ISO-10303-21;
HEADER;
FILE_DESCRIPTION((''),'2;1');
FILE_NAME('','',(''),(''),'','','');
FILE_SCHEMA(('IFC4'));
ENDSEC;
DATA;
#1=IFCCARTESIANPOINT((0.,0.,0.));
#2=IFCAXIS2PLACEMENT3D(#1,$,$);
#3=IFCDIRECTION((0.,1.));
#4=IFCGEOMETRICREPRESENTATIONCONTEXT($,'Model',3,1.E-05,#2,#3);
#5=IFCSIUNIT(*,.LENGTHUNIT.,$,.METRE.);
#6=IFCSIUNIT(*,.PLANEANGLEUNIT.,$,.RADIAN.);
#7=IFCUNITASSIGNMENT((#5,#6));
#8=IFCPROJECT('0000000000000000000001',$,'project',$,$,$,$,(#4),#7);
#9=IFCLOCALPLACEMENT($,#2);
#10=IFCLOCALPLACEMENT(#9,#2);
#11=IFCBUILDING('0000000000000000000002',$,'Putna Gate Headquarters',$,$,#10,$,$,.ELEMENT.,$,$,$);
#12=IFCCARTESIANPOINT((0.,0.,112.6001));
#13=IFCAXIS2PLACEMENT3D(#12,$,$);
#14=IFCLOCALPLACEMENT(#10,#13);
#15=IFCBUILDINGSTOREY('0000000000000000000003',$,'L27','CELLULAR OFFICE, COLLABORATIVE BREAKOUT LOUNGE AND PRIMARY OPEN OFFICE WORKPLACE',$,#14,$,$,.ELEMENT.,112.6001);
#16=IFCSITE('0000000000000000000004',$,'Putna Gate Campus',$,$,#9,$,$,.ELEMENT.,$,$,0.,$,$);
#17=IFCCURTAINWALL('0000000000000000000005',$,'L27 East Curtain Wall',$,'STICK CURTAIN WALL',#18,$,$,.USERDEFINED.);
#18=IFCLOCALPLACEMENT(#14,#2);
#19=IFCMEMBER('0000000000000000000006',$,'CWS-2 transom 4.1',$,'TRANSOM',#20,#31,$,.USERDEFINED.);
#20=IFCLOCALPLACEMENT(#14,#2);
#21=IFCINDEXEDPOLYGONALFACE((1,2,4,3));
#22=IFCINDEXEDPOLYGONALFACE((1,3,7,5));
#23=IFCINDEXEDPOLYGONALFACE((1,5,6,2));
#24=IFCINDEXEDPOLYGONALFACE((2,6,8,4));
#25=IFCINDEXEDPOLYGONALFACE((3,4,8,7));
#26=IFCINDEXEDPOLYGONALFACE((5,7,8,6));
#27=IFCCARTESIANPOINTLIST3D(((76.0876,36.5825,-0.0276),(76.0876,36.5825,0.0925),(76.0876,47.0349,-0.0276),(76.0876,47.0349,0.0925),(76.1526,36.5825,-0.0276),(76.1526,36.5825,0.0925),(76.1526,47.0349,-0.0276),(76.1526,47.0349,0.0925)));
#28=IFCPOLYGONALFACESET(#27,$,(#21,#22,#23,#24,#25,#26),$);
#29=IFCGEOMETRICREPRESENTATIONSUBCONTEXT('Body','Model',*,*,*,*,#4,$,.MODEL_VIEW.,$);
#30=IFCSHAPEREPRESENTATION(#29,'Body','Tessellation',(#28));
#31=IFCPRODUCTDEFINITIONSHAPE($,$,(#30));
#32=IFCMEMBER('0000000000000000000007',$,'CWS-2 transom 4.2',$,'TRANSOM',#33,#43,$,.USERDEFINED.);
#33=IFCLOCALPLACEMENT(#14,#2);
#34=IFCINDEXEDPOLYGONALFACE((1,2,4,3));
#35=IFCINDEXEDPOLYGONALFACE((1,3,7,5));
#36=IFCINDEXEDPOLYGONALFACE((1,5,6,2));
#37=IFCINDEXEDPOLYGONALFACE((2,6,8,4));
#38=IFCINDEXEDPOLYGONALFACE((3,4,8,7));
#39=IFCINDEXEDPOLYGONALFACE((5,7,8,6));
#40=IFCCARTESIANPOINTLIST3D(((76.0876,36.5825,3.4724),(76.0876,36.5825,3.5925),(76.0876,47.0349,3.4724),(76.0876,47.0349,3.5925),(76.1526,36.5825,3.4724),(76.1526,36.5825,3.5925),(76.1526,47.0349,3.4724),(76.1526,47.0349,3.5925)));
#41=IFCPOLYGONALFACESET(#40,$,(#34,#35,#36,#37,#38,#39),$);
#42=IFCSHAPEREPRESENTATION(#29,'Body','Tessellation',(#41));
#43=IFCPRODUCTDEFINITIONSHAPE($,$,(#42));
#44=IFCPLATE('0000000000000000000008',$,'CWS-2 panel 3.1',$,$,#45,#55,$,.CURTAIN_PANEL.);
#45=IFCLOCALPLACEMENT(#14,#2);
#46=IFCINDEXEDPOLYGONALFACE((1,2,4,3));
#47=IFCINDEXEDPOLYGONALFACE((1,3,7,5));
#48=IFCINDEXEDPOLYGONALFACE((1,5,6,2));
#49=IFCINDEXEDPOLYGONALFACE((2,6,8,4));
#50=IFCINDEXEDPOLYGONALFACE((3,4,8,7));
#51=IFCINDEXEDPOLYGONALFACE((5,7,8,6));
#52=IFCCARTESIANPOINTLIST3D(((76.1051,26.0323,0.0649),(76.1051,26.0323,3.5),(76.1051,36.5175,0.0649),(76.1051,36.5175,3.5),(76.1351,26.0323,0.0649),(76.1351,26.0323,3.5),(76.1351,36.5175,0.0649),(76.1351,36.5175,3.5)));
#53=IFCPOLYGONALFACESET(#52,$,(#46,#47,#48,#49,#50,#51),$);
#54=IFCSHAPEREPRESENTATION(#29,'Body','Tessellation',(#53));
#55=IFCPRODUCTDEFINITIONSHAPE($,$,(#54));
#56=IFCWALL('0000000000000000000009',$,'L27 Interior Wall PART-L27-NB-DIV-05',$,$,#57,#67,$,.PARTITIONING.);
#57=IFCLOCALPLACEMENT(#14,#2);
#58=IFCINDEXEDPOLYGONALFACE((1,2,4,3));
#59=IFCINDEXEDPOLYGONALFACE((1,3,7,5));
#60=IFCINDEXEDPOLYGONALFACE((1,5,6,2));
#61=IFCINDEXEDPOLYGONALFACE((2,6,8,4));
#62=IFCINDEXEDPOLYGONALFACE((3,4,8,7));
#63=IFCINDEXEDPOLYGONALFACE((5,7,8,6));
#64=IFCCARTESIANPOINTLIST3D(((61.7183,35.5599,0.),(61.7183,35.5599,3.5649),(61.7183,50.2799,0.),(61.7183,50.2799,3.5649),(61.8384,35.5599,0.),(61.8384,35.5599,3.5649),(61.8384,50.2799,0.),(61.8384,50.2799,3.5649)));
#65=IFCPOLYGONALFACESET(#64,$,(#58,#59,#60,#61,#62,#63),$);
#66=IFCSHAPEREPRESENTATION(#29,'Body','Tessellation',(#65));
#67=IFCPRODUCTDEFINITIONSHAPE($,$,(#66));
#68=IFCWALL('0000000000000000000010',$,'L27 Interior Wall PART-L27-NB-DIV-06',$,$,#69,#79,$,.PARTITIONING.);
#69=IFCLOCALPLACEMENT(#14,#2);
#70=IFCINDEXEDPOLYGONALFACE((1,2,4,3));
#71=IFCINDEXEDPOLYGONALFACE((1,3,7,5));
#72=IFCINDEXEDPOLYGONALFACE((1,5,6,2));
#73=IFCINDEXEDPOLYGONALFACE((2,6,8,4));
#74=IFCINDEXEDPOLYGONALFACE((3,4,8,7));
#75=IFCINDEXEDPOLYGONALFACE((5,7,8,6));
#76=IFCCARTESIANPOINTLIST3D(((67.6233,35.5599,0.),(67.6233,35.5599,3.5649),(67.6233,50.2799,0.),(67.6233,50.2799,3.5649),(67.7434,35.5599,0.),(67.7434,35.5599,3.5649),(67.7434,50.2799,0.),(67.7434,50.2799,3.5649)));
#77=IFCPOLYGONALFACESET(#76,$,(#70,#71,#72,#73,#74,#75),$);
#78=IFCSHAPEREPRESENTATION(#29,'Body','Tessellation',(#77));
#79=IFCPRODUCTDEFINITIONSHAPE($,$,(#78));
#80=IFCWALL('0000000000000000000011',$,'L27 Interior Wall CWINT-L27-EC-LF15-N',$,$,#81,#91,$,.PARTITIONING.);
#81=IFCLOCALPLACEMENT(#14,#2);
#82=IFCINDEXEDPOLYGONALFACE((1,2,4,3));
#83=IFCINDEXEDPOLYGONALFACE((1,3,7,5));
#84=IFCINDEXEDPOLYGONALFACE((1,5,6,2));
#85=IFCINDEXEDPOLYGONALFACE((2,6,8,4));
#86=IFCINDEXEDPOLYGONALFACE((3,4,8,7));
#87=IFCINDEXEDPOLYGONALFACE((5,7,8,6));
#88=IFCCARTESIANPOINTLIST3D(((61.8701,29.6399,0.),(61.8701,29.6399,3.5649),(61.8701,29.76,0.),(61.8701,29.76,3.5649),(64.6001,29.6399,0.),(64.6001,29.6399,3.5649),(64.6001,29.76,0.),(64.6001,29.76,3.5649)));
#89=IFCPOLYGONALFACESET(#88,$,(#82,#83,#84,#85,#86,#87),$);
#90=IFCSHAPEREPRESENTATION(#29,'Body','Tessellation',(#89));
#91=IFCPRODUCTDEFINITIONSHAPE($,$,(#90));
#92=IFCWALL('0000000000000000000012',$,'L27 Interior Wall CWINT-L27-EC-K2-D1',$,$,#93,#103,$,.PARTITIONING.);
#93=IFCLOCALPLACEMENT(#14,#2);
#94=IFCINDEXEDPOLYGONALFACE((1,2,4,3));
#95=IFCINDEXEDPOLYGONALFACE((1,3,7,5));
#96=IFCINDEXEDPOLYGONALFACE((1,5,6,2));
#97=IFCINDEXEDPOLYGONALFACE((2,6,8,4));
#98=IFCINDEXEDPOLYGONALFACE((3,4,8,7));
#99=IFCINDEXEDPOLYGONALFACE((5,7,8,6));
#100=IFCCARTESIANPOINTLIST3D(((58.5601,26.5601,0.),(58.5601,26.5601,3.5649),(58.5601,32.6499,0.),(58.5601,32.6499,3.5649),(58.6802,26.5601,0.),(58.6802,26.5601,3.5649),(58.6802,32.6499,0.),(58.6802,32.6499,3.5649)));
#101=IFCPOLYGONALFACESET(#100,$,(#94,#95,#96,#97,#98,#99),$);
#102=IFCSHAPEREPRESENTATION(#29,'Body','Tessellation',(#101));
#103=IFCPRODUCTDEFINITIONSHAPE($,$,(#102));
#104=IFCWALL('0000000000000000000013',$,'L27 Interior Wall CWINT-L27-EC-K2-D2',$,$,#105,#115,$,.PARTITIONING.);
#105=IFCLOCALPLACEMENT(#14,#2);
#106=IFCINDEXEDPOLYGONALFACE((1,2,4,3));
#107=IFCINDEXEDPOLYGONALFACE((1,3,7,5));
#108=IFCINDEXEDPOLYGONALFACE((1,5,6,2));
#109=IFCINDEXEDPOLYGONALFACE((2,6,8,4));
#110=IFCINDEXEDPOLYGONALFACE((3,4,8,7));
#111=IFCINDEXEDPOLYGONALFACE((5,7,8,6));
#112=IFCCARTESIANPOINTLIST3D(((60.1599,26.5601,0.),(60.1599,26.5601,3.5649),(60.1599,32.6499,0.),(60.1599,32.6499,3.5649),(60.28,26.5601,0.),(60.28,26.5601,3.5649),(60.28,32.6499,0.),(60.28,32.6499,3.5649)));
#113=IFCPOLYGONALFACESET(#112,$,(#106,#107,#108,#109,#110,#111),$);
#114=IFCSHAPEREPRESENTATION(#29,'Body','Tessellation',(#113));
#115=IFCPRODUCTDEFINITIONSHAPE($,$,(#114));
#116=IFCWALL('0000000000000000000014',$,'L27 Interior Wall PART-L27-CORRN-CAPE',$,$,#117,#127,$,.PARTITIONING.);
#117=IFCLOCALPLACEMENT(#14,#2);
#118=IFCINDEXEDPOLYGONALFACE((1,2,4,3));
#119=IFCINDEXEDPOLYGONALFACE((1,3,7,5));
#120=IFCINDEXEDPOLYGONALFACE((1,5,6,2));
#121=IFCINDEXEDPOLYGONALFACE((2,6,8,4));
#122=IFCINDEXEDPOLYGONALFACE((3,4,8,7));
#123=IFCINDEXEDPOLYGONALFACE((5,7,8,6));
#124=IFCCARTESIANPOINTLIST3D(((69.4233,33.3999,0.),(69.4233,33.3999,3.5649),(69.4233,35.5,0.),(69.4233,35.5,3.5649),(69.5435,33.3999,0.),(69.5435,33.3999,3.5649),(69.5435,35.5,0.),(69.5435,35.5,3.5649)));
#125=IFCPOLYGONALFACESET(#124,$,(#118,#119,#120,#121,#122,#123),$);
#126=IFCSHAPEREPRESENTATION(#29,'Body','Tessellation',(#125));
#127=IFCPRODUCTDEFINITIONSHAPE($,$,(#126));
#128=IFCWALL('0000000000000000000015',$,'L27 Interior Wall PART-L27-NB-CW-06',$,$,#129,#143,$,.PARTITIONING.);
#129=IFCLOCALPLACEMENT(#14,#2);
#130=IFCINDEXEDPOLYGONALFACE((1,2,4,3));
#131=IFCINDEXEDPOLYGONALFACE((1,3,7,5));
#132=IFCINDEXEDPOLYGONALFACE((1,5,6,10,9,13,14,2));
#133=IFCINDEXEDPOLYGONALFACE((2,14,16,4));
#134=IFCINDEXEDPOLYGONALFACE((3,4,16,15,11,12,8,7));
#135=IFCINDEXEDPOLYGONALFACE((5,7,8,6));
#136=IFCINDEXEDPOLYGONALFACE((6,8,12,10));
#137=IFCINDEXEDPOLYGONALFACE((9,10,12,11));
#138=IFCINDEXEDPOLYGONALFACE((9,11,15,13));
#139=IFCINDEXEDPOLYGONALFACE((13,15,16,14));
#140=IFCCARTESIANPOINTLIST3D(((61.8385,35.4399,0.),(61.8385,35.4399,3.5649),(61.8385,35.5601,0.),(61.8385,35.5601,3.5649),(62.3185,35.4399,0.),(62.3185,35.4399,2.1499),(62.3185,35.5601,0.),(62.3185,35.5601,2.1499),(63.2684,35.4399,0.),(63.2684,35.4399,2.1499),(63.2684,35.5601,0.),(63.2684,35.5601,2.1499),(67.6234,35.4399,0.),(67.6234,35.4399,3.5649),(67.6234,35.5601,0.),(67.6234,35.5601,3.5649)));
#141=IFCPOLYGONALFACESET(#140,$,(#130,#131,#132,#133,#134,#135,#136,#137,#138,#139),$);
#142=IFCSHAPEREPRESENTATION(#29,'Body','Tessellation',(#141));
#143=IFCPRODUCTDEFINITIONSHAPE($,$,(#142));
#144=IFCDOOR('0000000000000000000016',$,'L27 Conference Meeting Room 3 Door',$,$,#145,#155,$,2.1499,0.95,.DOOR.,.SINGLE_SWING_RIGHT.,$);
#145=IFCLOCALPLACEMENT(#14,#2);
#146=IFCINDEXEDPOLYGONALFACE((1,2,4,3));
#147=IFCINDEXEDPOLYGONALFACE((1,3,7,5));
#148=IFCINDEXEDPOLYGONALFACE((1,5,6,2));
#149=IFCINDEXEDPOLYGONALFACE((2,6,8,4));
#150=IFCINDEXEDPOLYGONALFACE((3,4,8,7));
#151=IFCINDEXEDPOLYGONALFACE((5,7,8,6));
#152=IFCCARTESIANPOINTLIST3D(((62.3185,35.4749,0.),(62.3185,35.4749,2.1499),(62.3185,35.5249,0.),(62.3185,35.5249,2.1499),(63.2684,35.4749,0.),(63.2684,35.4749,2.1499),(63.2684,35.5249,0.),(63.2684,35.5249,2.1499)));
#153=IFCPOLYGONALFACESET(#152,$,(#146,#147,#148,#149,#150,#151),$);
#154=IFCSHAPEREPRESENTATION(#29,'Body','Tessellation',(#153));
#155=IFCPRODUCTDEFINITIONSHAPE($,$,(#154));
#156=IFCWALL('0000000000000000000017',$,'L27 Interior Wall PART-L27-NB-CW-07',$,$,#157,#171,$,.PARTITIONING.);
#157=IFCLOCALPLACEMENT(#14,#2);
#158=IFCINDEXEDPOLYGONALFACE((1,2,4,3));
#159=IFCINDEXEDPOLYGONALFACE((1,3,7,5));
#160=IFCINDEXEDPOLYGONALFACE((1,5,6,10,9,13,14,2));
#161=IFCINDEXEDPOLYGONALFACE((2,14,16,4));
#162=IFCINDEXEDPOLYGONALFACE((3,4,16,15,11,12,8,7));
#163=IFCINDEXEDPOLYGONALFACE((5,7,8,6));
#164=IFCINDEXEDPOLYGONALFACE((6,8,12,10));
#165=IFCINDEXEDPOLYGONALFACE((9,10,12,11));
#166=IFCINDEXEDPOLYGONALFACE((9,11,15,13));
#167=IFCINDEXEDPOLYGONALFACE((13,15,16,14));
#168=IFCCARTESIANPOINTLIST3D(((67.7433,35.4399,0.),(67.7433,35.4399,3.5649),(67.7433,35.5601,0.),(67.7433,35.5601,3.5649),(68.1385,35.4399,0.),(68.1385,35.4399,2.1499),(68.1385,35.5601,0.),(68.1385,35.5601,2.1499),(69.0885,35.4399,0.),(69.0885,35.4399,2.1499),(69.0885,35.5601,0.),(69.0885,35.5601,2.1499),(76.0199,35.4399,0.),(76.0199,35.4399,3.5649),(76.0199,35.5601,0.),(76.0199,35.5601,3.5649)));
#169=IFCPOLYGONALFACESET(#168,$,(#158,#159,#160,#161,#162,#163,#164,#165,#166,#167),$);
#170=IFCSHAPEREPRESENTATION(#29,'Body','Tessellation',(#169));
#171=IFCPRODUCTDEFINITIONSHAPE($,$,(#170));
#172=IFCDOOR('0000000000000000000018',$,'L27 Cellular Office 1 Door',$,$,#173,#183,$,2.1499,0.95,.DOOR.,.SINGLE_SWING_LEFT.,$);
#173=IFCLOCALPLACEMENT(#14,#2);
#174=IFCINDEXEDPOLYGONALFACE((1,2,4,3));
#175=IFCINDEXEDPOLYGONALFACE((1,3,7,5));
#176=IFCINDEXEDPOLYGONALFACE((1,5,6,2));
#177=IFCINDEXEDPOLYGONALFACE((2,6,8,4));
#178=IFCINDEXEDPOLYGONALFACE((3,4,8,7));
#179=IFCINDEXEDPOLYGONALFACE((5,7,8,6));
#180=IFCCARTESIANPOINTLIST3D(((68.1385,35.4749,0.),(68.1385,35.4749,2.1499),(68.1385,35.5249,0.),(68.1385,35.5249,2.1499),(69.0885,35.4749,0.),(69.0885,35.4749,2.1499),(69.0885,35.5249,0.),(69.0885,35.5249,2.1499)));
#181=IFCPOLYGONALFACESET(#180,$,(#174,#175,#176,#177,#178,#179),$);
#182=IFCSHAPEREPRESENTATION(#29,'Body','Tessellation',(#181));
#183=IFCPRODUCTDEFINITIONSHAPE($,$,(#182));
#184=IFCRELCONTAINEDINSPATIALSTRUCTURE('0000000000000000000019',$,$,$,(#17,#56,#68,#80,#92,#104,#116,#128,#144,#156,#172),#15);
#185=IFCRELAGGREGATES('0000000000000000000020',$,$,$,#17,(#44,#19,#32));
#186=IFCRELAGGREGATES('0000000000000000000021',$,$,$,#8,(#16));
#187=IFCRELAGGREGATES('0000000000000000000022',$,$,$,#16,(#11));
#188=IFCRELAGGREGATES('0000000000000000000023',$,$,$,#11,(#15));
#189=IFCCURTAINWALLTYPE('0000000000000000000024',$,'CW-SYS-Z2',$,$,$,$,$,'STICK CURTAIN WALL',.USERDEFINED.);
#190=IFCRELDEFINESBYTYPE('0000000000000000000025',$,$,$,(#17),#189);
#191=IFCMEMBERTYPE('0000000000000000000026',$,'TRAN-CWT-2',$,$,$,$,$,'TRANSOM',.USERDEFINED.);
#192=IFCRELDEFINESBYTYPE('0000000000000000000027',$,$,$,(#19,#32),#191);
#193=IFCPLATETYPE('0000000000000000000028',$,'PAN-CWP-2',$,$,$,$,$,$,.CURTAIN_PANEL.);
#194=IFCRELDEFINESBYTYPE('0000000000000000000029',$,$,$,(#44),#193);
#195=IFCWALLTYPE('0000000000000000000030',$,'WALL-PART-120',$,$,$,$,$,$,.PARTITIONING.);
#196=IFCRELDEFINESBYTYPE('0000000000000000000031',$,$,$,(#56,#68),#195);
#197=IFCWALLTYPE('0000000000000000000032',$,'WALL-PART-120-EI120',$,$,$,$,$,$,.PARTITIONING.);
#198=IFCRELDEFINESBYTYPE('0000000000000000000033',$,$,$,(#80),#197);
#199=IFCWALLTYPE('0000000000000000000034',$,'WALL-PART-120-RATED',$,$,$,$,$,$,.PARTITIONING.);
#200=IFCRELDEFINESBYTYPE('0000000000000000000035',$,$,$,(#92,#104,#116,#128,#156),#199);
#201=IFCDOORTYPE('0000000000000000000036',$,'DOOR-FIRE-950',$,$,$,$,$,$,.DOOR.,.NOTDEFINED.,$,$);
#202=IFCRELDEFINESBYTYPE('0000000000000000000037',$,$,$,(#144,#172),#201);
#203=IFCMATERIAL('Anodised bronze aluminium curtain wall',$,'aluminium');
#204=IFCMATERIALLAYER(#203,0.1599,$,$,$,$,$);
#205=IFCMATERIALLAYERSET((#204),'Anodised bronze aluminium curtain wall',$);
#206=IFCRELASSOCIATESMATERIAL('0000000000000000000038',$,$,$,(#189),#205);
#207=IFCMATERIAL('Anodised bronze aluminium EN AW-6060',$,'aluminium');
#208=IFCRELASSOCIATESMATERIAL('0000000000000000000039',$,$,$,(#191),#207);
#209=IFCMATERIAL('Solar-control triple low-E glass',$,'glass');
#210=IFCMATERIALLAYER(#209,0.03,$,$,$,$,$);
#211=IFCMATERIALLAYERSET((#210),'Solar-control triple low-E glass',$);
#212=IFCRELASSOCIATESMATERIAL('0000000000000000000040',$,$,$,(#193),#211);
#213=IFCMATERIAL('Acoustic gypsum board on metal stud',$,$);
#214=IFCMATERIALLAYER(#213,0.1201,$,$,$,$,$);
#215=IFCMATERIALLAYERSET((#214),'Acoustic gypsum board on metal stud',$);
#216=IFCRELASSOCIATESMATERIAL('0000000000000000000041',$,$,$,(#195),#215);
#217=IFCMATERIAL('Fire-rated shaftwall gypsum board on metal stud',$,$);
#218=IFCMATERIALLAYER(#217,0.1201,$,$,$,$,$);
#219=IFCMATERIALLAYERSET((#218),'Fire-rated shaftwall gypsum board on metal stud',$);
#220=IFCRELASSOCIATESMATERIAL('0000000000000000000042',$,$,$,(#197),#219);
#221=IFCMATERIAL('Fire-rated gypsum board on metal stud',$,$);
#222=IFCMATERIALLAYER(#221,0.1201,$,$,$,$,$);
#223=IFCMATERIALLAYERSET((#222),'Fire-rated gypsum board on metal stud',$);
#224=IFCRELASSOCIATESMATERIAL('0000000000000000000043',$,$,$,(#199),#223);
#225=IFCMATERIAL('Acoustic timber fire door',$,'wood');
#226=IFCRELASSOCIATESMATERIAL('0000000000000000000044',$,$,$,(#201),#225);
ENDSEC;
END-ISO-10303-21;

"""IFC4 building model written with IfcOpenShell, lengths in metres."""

from ifc_helpers import new_model, si_unit, direction, frame, frame_2d, origin, origin_2d, place, context, subcontext, project, spatial, rectangle, extrude, material, layer, layer_set, material_profile, profile_set, type_object, element, fill, aggregate, save


model = new_model("IFC4")

# Units and contexts
model_context = context("Model", 3, precision=1e-05, world=origin(), true_north=direction((0.0, 1.0)))
body_context = subcontext(model_context, "Body", "Model", "MODEL_VIEW")
ifc_project = project(units=[si_unit("LENGTHUNIT", "METRE"), si_unit("PLANEANGLEUNIT", "RADIAN")], contexts=[model_context])

# Site, building, storey
site_placement = place(None, origin())
site = spatial("IfcSite", under=ifc_project, at=site_placement, Name="Putna Gate Campus", CompositionType="ELEMENT", RefElevation=0.0)
building_placement = place(site_placement, origin())
building = spatial("IfcBuilding", under=site, at=building_placement, Name="Putna Gate Headquarters", CompositionType="ELEMENT")
storey_placement = place(building_placement, frame((0.0, 0.0, 112.6001)))
storey = spatial("IfcBuildingStorey", under=building, at=storey_placement, Name="L27", Description="CELLULAR OFFICE, COLLABORATIVE BREAKOUT LOUNGE AND PRIMARY OPEN OFFICE WORKPLACE", CompositionType="ELEMENT", Elevation=112.6001)

# Curtain wall, members, plate
ifc_material_1 = material(Name="Anodised bronze aluminium curtain wall", Category="aluminium")
ifc_layer_1 = layer(ifc_material_1, 0.1599)
ifc_layer_set_1 = layer_set([ifc_layer_1], Name="Anodised bronze aluminium curtain wall")
curtain_wall_type = type_object("IfcCurtainWallType", Name="CW-SYS-Z2", ElementType="STICK CURTAIN WALL", PredefinedType="USERDEFINED", material=ifc_layer_set_1)
curtain_wall_placement = place(storey_placement, origin())
curtain_wall = element("IfcCurtainWall", 1, at=curtain_wall_placement, inside=storey, type_object=curtain_wall_type, Name="L27 East Curtain Wall", ObjectType="STICK CURTAIN WALL", PredefinedType="USERDEFINED")
ifc_material_2 = material(Name="Anodised bronze aluminium EN AW-6060", Category="aluminium")
ifc_material_profile_1 = material_profile(ifc_material_2, rectangle(XDim=0.0649, YDim=0.1201, at=origin_2d()), Name="Anodised bronze aluminium EN AW-6060")
ifc_profile_set_1 = profile_set([ifc_material_profile_1], Name="Anodised bronze aluminium EN AW-6060")
member_type_1 = type_object("IfcMemberType", Name="TRAN-CWT-2", ElementType="TRANSOM", PredefinedType="USERDEFINED", material=ifc_profile_set_1)
member_1_placement = place(storey_placement, frame((76.1201, 36.5825, 0.0325), z_axis=(0.0, 1.0, 0.0), x_axis=(-1.0, 0.0, 0.0)))
member_1 = element("IfcMember", 2, at=member_1_placement, type_object=member_type_1, Name="CWS-2 transom 4.1", ObjectType="TRANSOM", PredefinedType="USERDEFINED", context=body_context, shape_type="SweptSolid", body=[
    extrude(rectangle(XDim=0.0649, YDim=0.1201, at=origin_2d()), origin(), (0.0, 0.0, 1.0), 10.4524),
])
member_2_placement = place(storey_placement, frame((76.1201, 36.5825, 3.5325), z_axis=(0.0, 1.0, 0.0), x_axis=(-1.0, 0.0, 0.0)))
member_2 = element("IfcMember", 3, at=member_2_placement, type_object=member_type_1, Name="CWS-2 transom 4.2", ObjectType="TRANSOM", PredefinedType="USERDEFINED", context=body_context, shape_type="SweptSolid", body=[
    extrude(rectangle(XDim=0.0649, YDim=0.1201, at=origin_2d()), origin(), (0.0, 0.0, 1.0), 10.4524),
])
ifc_material_3 = material(Name="Solar-control triple low-E glass", Category="glass")
ifc_layer_2 = layer(ifc_material_3, 0.03)
ifc_layer_set_2 = layer_set([ifc_layer_2], Name="Solar-control triple low-E glass")
plate_type = type_object("IfcPlateType", Name="PAN-CWP-2", PredefinedType="CURTAIN_PANEL", material=ifc_layer_set_2)
plate_placement = place(storey_placement, frame((76.1201, 31.2749, 0.0649), z_axis=(0.0, 0.0, 1.0), x_axis=(0.0, 1.0, 0.0)))
plate = element("IfcPlate", 4, at=plate_placement, type_object=plate_type, Name="CWS-2 panel 3.1", PredefinedType="CURTAIN_PANEL", context=body_context, shape_type="SweptSolid", body=[
    extrude(rectangle(XDim=10.4851, YDim=0.03, at=origin_2d()), origin(), (0.0, 0.0, 1.0), 3.4351),
])
aggregate(curtain_wall, [plate, member_1, member_2])

# Walls
ifc_material_4 = material(Name="Acoustic gypsum board on metal stud")
ifc_layer_3 = layer(ifc_material_4, 0.1201)
ifc_layer_set_3 = layer_set([ifc_layer_3], Name="Acoustic gypsum board on metal stud")
wall_type_1 = type_object("IfcWallType", Name="WALL-PART-120", PredefinedType="PARTITIONING", material=ifc_layer_set_3)
for number, where, z_axis, x_axis, name in (
    (5, (61.7783, 35.5601, 0.0), (0.0, 0.0, 1.0), (0.0, 1.0, 0.0), "L27 Interior Wall PART-L27-NB-DIV-05"),
    (6, (67.6833, 35.5601, 0.0), (0.0, 0.0, 1.0), (0.0, 1.0, 0.0), "L27 Interior Wall PART-L27-NB-DIV-06"),
):
    element("IfcWall", number, at=place(storey_placement, frame(where, z_axis=z_axis, x_axis=x_axis)), inside=storey, type_object=wall_type_1, Name=name, PredefinedType="PARTITIONING", context=body_context, shape_type="SweptSolid", body=[
        extrude(rectangle(XDim=14.72, YDim=0.1201, at=frame_2d((7.3599, 0.0))), origin(), (0.0, 0.0, 1.0), 3.5649),
    ])
ifc_material_5 = material(Name="Fire-rated shaftwall gypsum board on metal stud")
ifc_layer_4 = layer(ifc_material_5, 0.1201)
ifc_layer_set_4 = layer_set([ifc_layer_4], Name="Fire-rated shaftwall gypsum board on metal stud")
wall_type_2 = type_object("IfcWallType", Name="WALL-PART-120-EI120", PredefinedType="PARTITIONING", material=ifc_layer_set_4)
wall_1_placement = place(storey_placement, frame((61.8701, 29.7, 0.0), z_axis=(0.0, 0.0, 1.0), x_axis=(1.0, 0.0, 0.0)))
element("IfcWall", 7, at=wall_1_placement, inside=storey, type_object=wall_type_2, Name="L27 Interior Wall CWINT-L27-EC-LF15-N", PredefinedType="PARTITIONING", context=body_context, shape_type="SweptSolid", body=[
    extrude(rectangle(XDim=2.73, YDim=0.1201, at=frame_2d((1.365, 0.0))), origin(), (0.0, 0.0, 1.0), 3.5649),
])
ifc_material_6 = material(Name="Fire-rated gypsum board on metal stud")
ifc_layer_5 = layer(ifc_material_6, 0.1201)
ifc_layer_set_5 = layer_set([ifc_layer_5], Name="Fire-rated gypsum board on metal stud")
wall_type_3 = type_object("IfcWallType", Name="WALL-PART-120-RATED", PredefinedType="PARTITIONING", material=ifc_layer_set_5)
for number, where, z_axis, x_axis, name in (
    (8, (58.6201, 26.5601, 0.0), (0.0, 0.0, 1.0), (0.0, 1.0, 0.0), "L27 Interior Wall CWINT-L27-EC-K2-D1"),
    (9, (60.22, 26.5601, 0.0), (0.0, 0.0, 1.0), (0.0, 1.0, 0.0), "L27 Interior Wall CWINT-L27-EC-K2-D2"),
):
    element("IfcWall", number, at=place(storey_placement, frame(where, z_axis=z_axis, x_axis=x_axis)), inside=storey, type_object=wall_type_3, Name=name, PredefinedType="PARTITIONING", context=body_context, shape_type="SweptSolid", body=[
        extrude(rectangle(XDim=6.0898, YDim=0.1201, at=frame_2d((3.0449, 0.0))), origin(), (0.0, 0.0, 1.0), 3.5649),
    ])
wall_2_placement = place(storey_placement, frame((69.4834, 33.3999, 0.0), z_axis=(0.0, 0.0, 1.0), x_axis=(0.0, 1.0, 0.0)))
element("IfcWall", 10, at=wall_2_placement, inside=storey, type_object=wall_type_3, Name="L27 Interior Wall PART-L27-CORRN-CAPE", PredefinedType="PARTITIONING", context=body_context, shape_type="SweptSolid", body=[
    extrude(rectangle(XDim=2.1001, YDim=0.1201, at=frame_2d((1.05, 0.0))), origin(), (0.0, 0.0, 1.0), 3.5649),
])

# Walls, openings, doors
wall_3_placement = place(storey_placement, frame((61.8384, 35.5, 0.0), z_axis=(0.0, 0.0, 1.0), x_axis=(1.0, 0.0, 0.0)))
wall_3 = element("IfcWall", 11, at=wall_3_placement, inside=storey, type_object=wall_type_3, Name="L27 Interior Wall PART-L27-NB-CW-06", PredefinedType="PARTITIONING", context=body_context, shape_type="SweptSolid", body=[
    extrude(rectangle(XDim=5.7849, YDim=0.1201, at=frame_2d((2.8926, 0.0))), origin(), (0.0, 0.0, 1.0), 3.5649),
])
opening_1_placement = place(wall_3_placement, frame((0.48, 0.0, 0.0)))
opening_1 = element("IfcOpeningElement", 12, at=opening_1_placement, cuts=wall_3, PredefinedType="OPENING", context=body_context, shape_type="SweptSolid", body=[
    extrude(rectangle(XDim=0.95, YDim=2.1499, at=frame_2d((0.4751, 1.075))), frame((0.0, 0.0701, 0.0), z_axis=(0.0, -1.0, 0.0), x_axis=(1.0, 0.0, 0.0)), (0.0, 0.0, 1.0), 0.1401),
])
ifc_material_7 = material(Name="Acoustic timber fire door", Category="wood")
door_type = type_object("IfcDoorType", Name="DOOR-FIRE-950", OperationType="NOTDEFINED", PredefinedType="DOOR", material=ifc_material_7)
door_1_placement = place(opening_1_placement, origin())
door_1 = element("IfcDoor", 13, at=door_1_placement, inside=storey, type_object=door_type, Name="L27 Conference Meeting Room 3 Door", OperationType="SINGLE_SWING_RIGHT", OverallHeight=2.1499, OverallWidth=0.95, PredefinedType="DOOR", context=body_context, shape_type="SweptSolid", body=[
    extrude(rectangle(XDim=0.95, YDim=2.1499, at=frame_2d((0.4751, 1.075))), frame((0.0, 0.0249, 0.0), z_axis=(0.0, -1.0, 0.0), x_axis=(1.0, 0.0, 0.0)), (0.0, 0.0, 1.0), 0.05),
])
fill(opening_1, door_1)
wall_4_placement = place(storey_placement, frame((67.7434, 35.5, 0.0), z_axis=(0.0, 0.0, 1.0), x_axis=(1.0, 0.0, 0.0)))
wall_4 = element("IfcWall", 14, at=wall_4_placement, inside=storey, type_object=wall_type_3, Name="L27 Interior Wall PART-L27-NB-CW-07", PredefinedType="PARTITIONING", context=body_context, shape_type="SweptSolid", body=[
    extrude(rectangle(XDim=8.2766, YDim=0.1201, at=frame_2d((4.1382, 0.0))), origin(), (0.0, 0.0, 1.0), 3.5649),
])
opening_2_placement = place(wall_4_placement, frame((0.395, 0.0, 0.0)))
opening_2 = element("IfcOpeningElement", 15, at=opening_2_placement, cuts=wall_4, PredefinedType="OPENING", context=body_context, shape_type="SweptSolid", body=[
    extrude(rectangle(XDim=0.95, YDim=2.1499, at=frame_2d((0.4751, 1.075))), frame((0.0, 0.0701, 0.0), z_axis=(0.0, -1.0, 0.0), x_axis=(1.0, 0.0, 0.0)), (0.0, 0.0, 1.0), 0.1401),
])
door_2_placement = place(opening_2_placement, origin())
door_2 = element("IfcDoor", 16, at=door_2_placement, inside=storey, type_object=door_type, Name="L27 Cellular Office 1 Door", OperationType="SINGLE_SWING_LEFT", OverallHeight=2.1499, OverallWidth=0.95, PredefinedType="DOOR", context=body_context, shape_type="SweptSolid", body=[
    extrude(rectangle(XDim=0.95, YDim=2.1499, at=frame_2d((0.4751, 1.075))), frame((0.0, 0.0249, 0.0), z_axis=(0.0, -1.0, 0.0), x_axis=(1.0, 0.0, 0.0)), (0.0, 0.0, 1.0), 0.05),
])
fill(opening_2, door_2)

save(model, "model.ifc")
